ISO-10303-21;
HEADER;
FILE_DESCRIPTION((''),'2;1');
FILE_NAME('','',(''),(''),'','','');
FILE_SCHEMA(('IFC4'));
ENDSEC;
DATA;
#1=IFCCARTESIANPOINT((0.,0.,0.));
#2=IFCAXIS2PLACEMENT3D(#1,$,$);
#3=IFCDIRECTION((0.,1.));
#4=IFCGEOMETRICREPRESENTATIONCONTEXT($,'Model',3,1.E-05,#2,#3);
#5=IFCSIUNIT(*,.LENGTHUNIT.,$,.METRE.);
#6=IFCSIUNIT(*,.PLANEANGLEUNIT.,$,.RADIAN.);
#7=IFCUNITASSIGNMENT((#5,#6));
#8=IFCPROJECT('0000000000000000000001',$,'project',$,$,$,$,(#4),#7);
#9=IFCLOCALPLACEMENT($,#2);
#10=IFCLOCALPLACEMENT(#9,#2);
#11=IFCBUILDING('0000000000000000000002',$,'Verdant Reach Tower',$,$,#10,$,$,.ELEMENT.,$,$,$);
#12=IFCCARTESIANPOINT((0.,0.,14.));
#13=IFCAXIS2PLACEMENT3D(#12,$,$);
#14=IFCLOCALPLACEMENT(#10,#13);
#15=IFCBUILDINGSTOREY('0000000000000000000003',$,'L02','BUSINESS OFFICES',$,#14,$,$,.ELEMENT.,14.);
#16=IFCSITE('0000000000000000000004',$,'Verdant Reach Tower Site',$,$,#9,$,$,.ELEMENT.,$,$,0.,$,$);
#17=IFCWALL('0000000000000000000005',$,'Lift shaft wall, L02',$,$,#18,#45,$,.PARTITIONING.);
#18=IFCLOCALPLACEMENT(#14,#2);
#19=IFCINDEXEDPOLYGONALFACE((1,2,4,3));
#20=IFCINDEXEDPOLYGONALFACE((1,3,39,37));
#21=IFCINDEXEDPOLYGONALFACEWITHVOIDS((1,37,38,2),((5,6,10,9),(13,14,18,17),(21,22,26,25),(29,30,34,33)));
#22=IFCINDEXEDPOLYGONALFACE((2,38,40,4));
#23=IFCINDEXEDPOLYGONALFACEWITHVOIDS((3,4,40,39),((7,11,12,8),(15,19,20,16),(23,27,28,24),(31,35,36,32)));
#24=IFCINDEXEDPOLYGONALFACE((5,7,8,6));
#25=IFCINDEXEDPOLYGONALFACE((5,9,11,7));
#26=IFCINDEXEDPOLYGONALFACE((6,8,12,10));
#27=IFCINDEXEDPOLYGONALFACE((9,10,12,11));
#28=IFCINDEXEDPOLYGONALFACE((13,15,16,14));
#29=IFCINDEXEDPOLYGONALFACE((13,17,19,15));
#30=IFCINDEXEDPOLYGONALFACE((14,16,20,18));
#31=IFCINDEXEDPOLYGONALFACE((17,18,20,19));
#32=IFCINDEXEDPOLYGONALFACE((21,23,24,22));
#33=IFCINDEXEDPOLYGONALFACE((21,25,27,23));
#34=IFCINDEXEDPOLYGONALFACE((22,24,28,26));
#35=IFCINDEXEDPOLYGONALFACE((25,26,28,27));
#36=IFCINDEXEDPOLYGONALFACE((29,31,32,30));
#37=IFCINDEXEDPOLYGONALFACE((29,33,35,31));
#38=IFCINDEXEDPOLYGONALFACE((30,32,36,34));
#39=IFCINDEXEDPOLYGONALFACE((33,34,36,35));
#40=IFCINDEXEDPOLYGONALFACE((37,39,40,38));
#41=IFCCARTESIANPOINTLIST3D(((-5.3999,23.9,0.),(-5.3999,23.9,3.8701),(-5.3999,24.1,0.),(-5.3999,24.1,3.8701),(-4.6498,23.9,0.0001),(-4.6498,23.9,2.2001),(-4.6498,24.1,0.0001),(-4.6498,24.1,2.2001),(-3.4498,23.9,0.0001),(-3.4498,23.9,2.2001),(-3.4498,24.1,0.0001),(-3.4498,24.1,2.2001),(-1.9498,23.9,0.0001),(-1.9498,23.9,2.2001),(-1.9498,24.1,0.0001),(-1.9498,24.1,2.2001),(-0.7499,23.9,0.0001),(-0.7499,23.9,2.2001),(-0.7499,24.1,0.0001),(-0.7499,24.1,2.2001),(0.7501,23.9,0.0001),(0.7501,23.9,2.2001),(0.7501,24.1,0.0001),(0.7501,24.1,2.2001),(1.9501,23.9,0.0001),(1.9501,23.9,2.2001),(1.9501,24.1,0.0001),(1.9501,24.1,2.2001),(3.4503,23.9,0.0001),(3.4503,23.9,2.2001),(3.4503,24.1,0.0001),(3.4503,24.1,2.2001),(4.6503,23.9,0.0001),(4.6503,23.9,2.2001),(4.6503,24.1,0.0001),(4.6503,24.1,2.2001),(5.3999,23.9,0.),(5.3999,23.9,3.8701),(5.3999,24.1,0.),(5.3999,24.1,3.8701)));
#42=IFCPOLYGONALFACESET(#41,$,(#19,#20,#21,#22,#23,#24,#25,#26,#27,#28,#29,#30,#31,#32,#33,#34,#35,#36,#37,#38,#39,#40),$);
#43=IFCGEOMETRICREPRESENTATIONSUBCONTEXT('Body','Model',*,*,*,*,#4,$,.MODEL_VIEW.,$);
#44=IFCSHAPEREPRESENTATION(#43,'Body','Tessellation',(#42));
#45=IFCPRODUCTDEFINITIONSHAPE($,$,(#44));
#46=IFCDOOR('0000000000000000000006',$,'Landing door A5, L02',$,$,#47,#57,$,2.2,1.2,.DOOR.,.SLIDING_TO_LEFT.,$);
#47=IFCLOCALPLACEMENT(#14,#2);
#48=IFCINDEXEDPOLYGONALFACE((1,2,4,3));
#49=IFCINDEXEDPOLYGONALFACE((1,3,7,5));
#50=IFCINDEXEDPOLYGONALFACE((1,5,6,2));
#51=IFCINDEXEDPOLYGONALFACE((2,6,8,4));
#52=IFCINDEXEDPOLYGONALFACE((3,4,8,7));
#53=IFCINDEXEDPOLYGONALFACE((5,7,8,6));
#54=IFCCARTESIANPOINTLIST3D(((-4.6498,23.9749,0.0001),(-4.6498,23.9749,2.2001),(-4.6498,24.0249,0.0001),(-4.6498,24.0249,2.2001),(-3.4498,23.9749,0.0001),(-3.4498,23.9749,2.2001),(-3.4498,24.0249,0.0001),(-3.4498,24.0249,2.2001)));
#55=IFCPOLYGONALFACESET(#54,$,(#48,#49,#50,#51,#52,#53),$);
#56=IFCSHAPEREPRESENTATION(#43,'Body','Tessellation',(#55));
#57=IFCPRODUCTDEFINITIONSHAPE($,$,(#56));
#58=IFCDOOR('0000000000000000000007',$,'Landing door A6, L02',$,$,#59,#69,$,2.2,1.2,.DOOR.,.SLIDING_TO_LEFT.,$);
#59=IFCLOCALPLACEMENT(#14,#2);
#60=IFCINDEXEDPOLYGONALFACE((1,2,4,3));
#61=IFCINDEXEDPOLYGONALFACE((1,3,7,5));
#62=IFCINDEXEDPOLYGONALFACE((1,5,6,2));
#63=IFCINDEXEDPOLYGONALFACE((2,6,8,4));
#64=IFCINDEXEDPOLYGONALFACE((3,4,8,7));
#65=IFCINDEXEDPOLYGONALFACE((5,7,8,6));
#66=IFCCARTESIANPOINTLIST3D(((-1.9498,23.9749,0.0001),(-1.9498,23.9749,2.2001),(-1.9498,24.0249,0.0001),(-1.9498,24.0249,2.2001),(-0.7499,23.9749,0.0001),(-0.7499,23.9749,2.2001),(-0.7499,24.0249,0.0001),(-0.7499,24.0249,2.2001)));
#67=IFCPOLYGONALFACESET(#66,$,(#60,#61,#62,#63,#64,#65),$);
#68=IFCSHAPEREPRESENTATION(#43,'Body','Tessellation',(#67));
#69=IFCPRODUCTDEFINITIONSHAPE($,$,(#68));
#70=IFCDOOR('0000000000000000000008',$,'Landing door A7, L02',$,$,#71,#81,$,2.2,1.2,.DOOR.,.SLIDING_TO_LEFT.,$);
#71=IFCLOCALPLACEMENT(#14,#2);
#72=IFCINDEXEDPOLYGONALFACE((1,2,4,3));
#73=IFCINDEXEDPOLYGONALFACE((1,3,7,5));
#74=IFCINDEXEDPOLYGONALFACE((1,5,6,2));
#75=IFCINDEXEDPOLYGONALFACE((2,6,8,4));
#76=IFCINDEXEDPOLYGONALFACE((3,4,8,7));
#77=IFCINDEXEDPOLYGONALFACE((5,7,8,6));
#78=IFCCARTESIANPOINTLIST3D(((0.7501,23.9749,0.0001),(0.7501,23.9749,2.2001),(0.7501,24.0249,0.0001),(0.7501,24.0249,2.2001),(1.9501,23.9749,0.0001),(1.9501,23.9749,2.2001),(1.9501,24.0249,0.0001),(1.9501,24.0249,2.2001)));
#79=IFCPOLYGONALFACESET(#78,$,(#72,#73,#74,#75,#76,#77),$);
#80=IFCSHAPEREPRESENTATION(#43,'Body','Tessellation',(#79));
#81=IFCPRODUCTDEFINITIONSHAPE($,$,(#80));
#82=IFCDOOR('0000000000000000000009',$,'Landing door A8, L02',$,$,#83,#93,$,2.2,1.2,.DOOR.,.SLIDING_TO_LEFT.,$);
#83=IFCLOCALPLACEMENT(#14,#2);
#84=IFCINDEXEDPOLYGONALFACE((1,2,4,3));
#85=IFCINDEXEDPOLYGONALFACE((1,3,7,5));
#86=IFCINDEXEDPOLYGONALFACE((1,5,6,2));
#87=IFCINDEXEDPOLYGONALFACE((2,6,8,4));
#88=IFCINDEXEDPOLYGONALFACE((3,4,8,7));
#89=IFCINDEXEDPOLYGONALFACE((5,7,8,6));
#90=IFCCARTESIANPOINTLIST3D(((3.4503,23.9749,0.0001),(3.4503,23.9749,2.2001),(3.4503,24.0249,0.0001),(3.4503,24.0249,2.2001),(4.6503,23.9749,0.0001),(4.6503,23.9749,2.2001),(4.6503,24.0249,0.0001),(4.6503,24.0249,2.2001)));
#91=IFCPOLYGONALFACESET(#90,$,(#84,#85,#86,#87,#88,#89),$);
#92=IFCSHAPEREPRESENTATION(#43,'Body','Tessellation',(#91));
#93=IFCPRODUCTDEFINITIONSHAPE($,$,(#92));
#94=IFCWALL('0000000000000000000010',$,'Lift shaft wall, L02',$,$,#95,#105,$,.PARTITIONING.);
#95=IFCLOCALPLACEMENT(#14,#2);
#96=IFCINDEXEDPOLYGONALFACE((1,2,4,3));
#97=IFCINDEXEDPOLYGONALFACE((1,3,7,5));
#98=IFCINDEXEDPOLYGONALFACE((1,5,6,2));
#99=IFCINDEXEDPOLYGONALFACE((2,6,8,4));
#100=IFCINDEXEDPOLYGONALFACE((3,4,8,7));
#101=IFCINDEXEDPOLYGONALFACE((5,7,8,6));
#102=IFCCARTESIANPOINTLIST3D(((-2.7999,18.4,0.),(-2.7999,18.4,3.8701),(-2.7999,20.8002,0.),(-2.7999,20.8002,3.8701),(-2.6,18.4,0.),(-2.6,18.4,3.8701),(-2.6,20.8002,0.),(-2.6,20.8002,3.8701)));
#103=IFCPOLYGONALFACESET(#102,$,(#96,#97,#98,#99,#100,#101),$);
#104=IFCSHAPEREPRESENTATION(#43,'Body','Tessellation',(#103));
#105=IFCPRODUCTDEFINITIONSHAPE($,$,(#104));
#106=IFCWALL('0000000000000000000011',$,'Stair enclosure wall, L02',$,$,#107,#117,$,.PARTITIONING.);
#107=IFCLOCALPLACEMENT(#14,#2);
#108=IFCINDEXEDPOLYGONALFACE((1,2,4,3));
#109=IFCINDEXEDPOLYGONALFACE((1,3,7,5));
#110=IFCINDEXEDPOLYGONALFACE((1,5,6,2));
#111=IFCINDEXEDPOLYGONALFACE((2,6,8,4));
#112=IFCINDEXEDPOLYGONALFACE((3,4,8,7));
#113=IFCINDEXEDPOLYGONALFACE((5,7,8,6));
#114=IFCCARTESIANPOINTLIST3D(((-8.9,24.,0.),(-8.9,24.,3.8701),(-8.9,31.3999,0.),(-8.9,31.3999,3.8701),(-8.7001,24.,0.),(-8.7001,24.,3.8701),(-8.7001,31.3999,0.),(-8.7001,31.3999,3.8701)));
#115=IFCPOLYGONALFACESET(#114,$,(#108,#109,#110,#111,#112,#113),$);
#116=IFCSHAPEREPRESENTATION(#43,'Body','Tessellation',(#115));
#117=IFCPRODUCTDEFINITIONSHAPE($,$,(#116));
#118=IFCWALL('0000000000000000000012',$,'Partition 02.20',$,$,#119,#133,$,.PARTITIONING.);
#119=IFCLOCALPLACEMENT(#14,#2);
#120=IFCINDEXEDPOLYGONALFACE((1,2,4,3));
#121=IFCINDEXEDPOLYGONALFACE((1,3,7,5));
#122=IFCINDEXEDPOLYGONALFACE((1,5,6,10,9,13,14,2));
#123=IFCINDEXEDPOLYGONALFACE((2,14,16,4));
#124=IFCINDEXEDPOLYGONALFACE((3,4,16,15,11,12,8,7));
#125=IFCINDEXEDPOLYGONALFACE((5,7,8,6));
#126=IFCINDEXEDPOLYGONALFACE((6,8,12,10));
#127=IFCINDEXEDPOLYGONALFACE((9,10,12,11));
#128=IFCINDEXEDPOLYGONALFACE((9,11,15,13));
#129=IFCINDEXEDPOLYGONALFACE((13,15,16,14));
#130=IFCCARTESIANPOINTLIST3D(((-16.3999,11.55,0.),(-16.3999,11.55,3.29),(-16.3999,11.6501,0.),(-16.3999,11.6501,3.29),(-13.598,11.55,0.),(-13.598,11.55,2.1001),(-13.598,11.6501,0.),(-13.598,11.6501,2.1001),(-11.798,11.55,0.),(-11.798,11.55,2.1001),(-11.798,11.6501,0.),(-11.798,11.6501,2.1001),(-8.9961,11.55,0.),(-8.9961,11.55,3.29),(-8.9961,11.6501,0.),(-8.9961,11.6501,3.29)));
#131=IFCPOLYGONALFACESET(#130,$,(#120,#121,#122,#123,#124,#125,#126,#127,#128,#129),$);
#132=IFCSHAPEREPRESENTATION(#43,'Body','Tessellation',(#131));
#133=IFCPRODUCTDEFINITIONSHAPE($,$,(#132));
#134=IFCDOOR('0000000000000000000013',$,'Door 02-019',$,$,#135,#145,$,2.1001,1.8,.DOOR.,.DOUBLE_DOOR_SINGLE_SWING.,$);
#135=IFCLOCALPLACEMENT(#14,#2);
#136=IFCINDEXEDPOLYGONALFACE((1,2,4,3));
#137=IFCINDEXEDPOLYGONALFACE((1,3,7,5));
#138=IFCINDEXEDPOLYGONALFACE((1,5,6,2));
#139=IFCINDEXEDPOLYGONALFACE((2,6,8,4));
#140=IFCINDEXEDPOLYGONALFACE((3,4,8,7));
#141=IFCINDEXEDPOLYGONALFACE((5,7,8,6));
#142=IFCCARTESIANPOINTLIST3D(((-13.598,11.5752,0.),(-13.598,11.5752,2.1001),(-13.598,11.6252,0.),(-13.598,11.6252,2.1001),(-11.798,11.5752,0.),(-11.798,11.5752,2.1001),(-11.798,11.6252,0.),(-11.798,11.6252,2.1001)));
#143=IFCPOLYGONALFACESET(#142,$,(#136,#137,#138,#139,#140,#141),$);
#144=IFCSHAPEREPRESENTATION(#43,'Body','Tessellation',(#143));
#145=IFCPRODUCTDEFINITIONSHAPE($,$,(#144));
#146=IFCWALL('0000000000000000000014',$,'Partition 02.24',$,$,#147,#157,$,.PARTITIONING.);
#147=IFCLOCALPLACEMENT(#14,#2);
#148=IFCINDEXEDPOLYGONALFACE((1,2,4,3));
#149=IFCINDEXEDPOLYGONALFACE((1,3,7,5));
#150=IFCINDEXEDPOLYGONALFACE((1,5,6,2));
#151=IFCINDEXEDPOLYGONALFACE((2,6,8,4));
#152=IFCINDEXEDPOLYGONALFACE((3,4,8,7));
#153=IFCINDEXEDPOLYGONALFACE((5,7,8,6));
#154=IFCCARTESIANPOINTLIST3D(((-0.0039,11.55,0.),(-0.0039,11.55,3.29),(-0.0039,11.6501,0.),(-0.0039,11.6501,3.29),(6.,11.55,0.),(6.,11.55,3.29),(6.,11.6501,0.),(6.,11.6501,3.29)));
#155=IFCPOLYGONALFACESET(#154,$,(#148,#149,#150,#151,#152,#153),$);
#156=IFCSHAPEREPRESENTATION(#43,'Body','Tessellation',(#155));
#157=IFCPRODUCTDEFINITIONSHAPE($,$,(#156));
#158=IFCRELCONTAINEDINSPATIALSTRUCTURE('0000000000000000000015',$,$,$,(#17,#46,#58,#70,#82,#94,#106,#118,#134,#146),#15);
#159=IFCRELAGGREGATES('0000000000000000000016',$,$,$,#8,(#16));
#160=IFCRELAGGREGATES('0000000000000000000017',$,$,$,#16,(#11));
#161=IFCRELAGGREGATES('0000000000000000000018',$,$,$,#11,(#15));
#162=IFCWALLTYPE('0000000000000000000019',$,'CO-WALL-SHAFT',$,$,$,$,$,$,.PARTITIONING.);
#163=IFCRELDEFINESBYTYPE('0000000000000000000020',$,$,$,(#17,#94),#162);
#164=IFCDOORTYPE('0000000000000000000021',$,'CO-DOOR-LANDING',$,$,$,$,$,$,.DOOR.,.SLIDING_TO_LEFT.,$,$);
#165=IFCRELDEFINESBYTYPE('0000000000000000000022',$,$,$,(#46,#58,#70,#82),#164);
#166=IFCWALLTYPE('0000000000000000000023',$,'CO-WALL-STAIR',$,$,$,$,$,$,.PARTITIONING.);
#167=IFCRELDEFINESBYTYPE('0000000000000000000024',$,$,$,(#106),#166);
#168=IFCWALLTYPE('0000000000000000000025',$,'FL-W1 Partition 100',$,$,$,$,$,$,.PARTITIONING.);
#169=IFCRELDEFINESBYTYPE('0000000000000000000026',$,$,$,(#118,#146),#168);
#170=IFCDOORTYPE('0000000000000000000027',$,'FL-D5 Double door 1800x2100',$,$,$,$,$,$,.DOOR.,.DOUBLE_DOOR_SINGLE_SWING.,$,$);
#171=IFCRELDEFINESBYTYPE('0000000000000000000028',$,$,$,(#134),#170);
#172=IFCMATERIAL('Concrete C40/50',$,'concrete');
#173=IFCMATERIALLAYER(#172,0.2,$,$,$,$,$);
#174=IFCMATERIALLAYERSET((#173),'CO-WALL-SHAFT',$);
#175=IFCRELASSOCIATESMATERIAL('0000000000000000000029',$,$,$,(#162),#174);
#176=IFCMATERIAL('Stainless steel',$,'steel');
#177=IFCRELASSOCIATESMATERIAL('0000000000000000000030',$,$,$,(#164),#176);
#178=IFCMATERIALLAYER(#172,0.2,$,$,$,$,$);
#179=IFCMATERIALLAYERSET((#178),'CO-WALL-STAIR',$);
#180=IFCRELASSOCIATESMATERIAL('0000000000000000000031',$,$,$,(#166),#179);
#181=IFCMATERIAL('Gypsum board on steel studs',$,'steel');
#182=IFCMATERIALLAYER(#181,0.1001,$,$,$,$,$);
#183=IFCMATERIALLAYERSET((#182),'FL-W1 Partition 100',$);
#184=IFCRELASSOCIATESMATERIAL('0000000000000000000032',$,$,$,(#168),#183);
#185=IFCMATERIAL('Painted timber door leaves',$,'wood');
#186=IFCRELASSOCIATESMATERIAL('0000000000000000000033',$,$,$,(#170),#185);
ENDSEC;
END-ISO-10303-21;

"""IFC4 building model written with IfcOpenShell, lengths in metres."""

from ifc_helpers import new_model, si_unit, direction, frame, frame_2d, origin, place, context, subcontext, project, spatial, rectangle, extrude, material, layer, layer_set, type_object, element, fill, save


model = new_model("IFC4")

# Units and contexts
model_context = context("Model", 3, precision=1e-05, world=origin(), true_north=direction((0.0, 1.0)))
body_context = subcontext(model_context, "Body", "Model", "MODEL_VIEW")
ifc_project = project(units=[si_unit("LENGTHUNIT", "METRE"), si_unit("PLANEANGLEUNIT", "RADIAN")], contexts=[model_context])

# Site, building, storey
site_placement = place(None, origin())
site = spatial("IfcSite", under=ifc_project, at=site_placement, Name="Verdant Reach Tower Site", CompositionType="ELEMENT", RefElevation=0.0)
building_placement = place(site_placement, origin())
building = spatial("IfcBuilding", under=site, at=building_placement, Name="Verdant Reach Tower", CompositionType="ELEMENT")
storey_placement = place(building_placement, frame((0.0, 0.0, 14.0)))
storey = spatial("IfcBuildingStorey", under=building, at=storey_placement, Name="L02", Description="BUSINESS OFFICES", CompositionType="ELEMENT", Elevation=14.0)

# Wall, openings, doors
ifc_material_1 = material(Name="Concrete C40/50", Category="concrete")
ifc_layer_1 = layer(ifc_material_1, 0.2)
ifc_layer_set_1 = layer_set([ifc_layer_1], Name="CO-WALL-SHAFT")
wall_type_1 = type_object("IfcWallType", Name="CO-WALL-SHAFT", PredefinedType="PARTITIONING", material=ifc_layer_set_1)
ifc_material_2 = material(Name="Stainless steel", Category="steel")
door_type_1 = type_object("IfcDoorType", Name="CO-DOOR-LANDING", OperationType="SLIDING_TO_LEFT", PredefinedType="DOOR", material=ifc_material_2)
wall_1_placement = place(storey_placement, frame((-5.3999, 24.0, 0.0), z_axis=(0.0, 0.0, 1.0), x_axis=(1.0, 0.0, 0.0)))
wall_1 = element("IfcWall", 1, at=wall_1_placement, inside=storey, type_object=wall_type_1, Name="Lift shaft wall, L02", PredefinedType="PARTITIONING", context=body_context, shape_type="SweptSolid", body=[
    extrude(rectangle(XDim=10.7998, YDim=0.2, at=frame_2d((5.3999, 0.0))), origin(), (0.0, 0.0, 1.0), 3.8701),
])
opening_1_placement = place(wall_1_placement, frame((0.75, 0.0, 0.0)))
opening_1 = element("IfcOpeningElement", 2, at=opening_1_placement, cuts=wall_1, PredefinedType="OPENING", context=body_context, shape_type="SweptSolid", body=[
    extrude(rectangle(XDim=1.2, YDim=2.2, at=frame_2d((0.6001, 1.1001))), frame((0.0, 0.1099, 0.0), z_axis=(0.0, -1.0, 0.0), x_axis=(1.0, 0.0, 0.0)), (0.0, 0.0, 1.0), 0.22),
])
opening_2_placement = place(wall_1_placement, frame((3.45, 0.0, 0.0)))
opening_2 = element("IfcOpeningElement", 3, at=opening_2_placement, cuts=wall_1, PredefinedType="OPENING", context=body_context, shape_type="SweptSolid", body=[
    extrude(rectangle(XDim=1.2, YDim=2.2, at=frame_2d((0.6001, 1.1001))), frame((0.0, 0.1099, 0.0), z_axis=(0.0, -1.0, 0.0), x_axis=(1.0, 0.0, 0.0)), (0.0, 0.0, 1.0), 0.22),
])
opening_3_placement = place(wall_1_placement, frame((6.1499, 0.0, 0.0)))
opening_3 = element("IfcOpeningElement", 4, at=opening_3_placement, cuts=wall_1, PredefinedType="OPENING", context=body_context, shape_type="SweptSolid", body=[
    extrude(rectangle(XDim=1.2, YDim=2.2, at=frame_2d((0.6001, 1.1001))), frame((0.0, 0.1099, 0.0), z_axis=(0.0, -1.0, 0.0), x_axis=(1.0, 0.0, 0.0)), (0.0, 0.0, 1.0), 0.22),
])
opening_4_placement = place(wall_1_placement, frame((8.8501, 0.0, 0.0)))
opening_4 = element("IfcOpeningElement", 5, at=opening_4_placement, cuts=wall_1, PredefinedType="OPENING", context=body_context, shape_type="SweptSolid", body=[
    extrude(rectangle(XDim=1.2, YDim=2.2, at=frame_2d((0.6001, 1.1001))), frame((0.0, 0.1099, 0.0), z_axis=(0.0, -1.0, 0.0), x_axis=(1.0, 0.0, 0.0)), (0.0, 0.0, 1.0), 0.22),
])
door_1_placement = place(opening_1_placement, origin())
door_1 = element("IfcDoor", 6, at=door_1_placement, inside=storey, type_object=door_type_1, Name="Landing door A5, L02", OperationType="SLIDING_TO_LEFT", OverallHeight=2.2, OverallWidth=1.2, PredefinedType="DOOR", context=body_context, shape_type="SweptSolid", body=[
    extrude(rectangle(XDim=1.2, YDim=2.2, at=frame_2d((0.6001, 1.1001))), frame((0.0, 0.0249, 0.0), z_axis=(0.0, -1.0, 0.0), x_axis=(1.0, 0.0, 0.0)), (0.0, 0.0, 1.0), 0.05),
])
fill(opening_1, door_1)
door_2_placement = place(opening_2_placement, origin())
door_2 = element("IfcDoor", 7, at=door_2_placement, inside=storey, type_object=door_type_1, Name="Landing door A6, L02", OperationType="SLIDING_TO_LEFT", OverallHeight=2.2, OverallWidth=1.2, PredefinedType="DOOR", context=body_context, shape_type="SweptSolid", body=[
    extrude(rectangle(XDim=1.2, YDim=2.2, at=frame_2d((0.6001, 1.1001))), frame((0.0, 0.0249, 0.0), z_axis=(0.0, -1.0, 0.0), x_axis=(1.0, 0.0, 0.0)), (0.0, 0.0, 1.0), 0.05),
])
fill(opening_2, door_2)
door_3_placement = place(opening_3_placement, origin())
door_3 = element("IfcDoor", 8, at=door_3_placement, inside=storey, type_object=door_type_1, Name="Landing door A7, L02", OperationType="SLIDING_TO_LEFT", OverallHeight=2.2, OverallWidth=1.2, PredefinedType="DOOR", context=body_context, shape_type="SweptSolid", body=[
    extrude(rectangle(XDim=1.2, YDim=2.2, at=frame_2d((0.6001, 1.1001))), frame((0.0, 0.0249, 0.0), z_axis=(0.0, -1.0, 0.0), x_axis=(1.0, 0.0, 0.0)), (0.0, 0.0, 1.0), 0.05),
])
fill(opening_3, door_3)
door_4_placement = place(opening_4_placement, origin())
door_4 = element("IfcDoor", 9, at=door_4_placement, inside=storey, type_object=door_type_1, Name="Landing door A8, L02", OperationType="SLIDING_TO_LEFT", OverallHeight=2.2, OverallWidth=1.2, PredefinedType="DOOR", context=body_context, shape_type="SweptSolid", body=[
    extrude(rectangle(XDim=1.2, YDim=2.2, at=frame_2d((0.6001, 1.1001))), frame((0.0, 0.0249, 0.0), z_axis=(0.0, -1.0, 0.0), x_axis=(1.0, 0.0, 0.0)), (0.0, 0.0, 1.0), 0.05),
])
fill(opening_4, door_4)

# Walls
wall_2_placement = place(storey_placement, frame((-2.7, 18.3999, 0.0), z_axis=(0.0, 0.0, 1.0), x_axis=(0.0, 1.0, 0.0)))
element("IfcWall", 10, at=wall_2_placement, inside=storey, type_object=wall_type_1, Name="Lift shaft wall, L02", PredefinedType="PARTITIONING", context=body_context, shape_type="SweptSolid", body=[
    extrude(rectangle(XDim=2.4001, YDim=0.2, at=frame_2d((1.2002, 0.0))), origin(), (0.0, 0.0, 1.0), 3.8701),
])
ifc_layer_2 = layer(ifc_material_1, 0.2)
ifc_layer_set_2 = layer_set([ifc_layer_2], Name="CO-WALL-STAIR")
wall_type_2 = type_object("IfcWallType", Name="CO-WALL-STAIR", PredefinedType="PARTITIONING", material=ifc_layer_set_2)
wall_3_placement = place(storey_placement, frame((-8.8, 24.0, 0.0), z_axis=(0.0, 0.0, 1.0), x_axis=(0.0, 1.0, 0.0)))
element("IfcWall", 11, at=wall_3_placement, inside=storey, type_object=wall_type_2, Name="Stair enclosure wall, L02", PredefinedType="PARTITIONING", context=body_context, shape_type="SweptSolid", body=[
    extrude(rectangle(XDim=7.3999, YDim=0.2, at=frame_2d((3.7, 0.0))), origin(), (0.0, 0.0, 1.0), 3.8701),
])

# Wall, opening, door
ifc_material_3 = material(Name="Gypsum board on steel studs", Category="steel")
ifc_layer_3 = layer(ifc_material_3, 0.1001)
ifc_layer_set_3 = layer_set([ifc_layer_3], Name="FL-W1 Partition 100")
wall_type_3 = type_object("IfcWallType", Name="FL-W1 Partition 100", PredefinedType="PARTITIONING", material=ifc_layer_set_3)
wall_4_placement = place(storey_placement, frame((-8.9961, 11.6001, 0.0), z_axis=(0.0, 0.0, 1.0), x_axis=(-1.0, 0.0, 0.0)))
wall_4 = element("IfcWall", 12, at=wall_4_placement, inside=storey, type_object=wall_type_3, Name="Partition 02.20", PredefinedType="PARTITIONING", context=body_context, shape_type="SweptSolid", body=[
    extrude(rectangle(XDim=7.4038, YDim=0.1001, at=frame_2d((3.7019, 0.0))), origin(), (0.0, 0.0, 1.0), 3.29),
])
opening_5_placement = place(wall_4_placement, frame((2.802, 0.0, 0.0)))
opening_5 = element("IfcOpeningElement", 13, at=opening_5_placement, cuts=wall_4, PredefinedType="OPENING", context=body_context, shape_type="SweptSolid", body=[
    extrude(rectangle(XDim=1.8, YDim=2.1001, at=frame_2d((0.8999, 1.05))), frame((0.0, 0.0601, 0.0), z_axis=(0.0, -1.0, 0.0), x_axis=(1.0, 0.0, 0.0)), (0.0, 0.0, 1.0), 0.1201),
])
ifc_material_4 = material(Name="Painted timber door leaves", Category="wood")
door_type_2 = type_object("IfcDoorType", Name="FL-D5 Double door 1800x2100", OperationType="DOUBLE_DOOR_SINGLE_SWING", PredefinedType="DOOR", material=ifc_material_4)
door_5_placement = place(opening_5_placement, origin())
door_5 = element("IfcDoor", 14, at=door_5_placement, inside=storey, type_object=door_type_2, Name="Door 02-019", OperationType="DOUBLE_DOOR_SINGLE_SWING", OverallHeight=2.1001, OverallWidth=1.8, PredefinedType="DOOR", context=body_context, shape_type="SweptSolid", body=[
    extrude(rectangle(XDim=1.8, YDim=2.1001, at=frame_2d((0.8999, 1.05))), frame((0.0, 0.0249, 0.0), z_axis=(0.0, -1.0, 0.0), x_axis=(1.0, 0.0, 0.0)), (0.0, 0.0, 1.0), 0.05),
])
fill(opening_5, door_5)

# Wall
wall_5_placement = place(storey_placement, frame((-0.0039, 11.6001, 0.0), z_axis=(0.0, 0.0, 1.0), x_axis=(1.0, 0.0, 0.0)))
element("IfcWall", 15, at=wall_5_placement, inside=storey, type_object=wall_type_3, Name="Partition 02.24", PredefinedType="PARTITIONING", context=body_context, shape_type="SweptSolid", body=[
    extrude(rectangle(XDim=6.0039, YDim=0.1001, at=frame_2d((3.002, 0.0))), origin(), (0.0, 0.0, 1.0), 3.29),
])

save(model, "model.ifc")
